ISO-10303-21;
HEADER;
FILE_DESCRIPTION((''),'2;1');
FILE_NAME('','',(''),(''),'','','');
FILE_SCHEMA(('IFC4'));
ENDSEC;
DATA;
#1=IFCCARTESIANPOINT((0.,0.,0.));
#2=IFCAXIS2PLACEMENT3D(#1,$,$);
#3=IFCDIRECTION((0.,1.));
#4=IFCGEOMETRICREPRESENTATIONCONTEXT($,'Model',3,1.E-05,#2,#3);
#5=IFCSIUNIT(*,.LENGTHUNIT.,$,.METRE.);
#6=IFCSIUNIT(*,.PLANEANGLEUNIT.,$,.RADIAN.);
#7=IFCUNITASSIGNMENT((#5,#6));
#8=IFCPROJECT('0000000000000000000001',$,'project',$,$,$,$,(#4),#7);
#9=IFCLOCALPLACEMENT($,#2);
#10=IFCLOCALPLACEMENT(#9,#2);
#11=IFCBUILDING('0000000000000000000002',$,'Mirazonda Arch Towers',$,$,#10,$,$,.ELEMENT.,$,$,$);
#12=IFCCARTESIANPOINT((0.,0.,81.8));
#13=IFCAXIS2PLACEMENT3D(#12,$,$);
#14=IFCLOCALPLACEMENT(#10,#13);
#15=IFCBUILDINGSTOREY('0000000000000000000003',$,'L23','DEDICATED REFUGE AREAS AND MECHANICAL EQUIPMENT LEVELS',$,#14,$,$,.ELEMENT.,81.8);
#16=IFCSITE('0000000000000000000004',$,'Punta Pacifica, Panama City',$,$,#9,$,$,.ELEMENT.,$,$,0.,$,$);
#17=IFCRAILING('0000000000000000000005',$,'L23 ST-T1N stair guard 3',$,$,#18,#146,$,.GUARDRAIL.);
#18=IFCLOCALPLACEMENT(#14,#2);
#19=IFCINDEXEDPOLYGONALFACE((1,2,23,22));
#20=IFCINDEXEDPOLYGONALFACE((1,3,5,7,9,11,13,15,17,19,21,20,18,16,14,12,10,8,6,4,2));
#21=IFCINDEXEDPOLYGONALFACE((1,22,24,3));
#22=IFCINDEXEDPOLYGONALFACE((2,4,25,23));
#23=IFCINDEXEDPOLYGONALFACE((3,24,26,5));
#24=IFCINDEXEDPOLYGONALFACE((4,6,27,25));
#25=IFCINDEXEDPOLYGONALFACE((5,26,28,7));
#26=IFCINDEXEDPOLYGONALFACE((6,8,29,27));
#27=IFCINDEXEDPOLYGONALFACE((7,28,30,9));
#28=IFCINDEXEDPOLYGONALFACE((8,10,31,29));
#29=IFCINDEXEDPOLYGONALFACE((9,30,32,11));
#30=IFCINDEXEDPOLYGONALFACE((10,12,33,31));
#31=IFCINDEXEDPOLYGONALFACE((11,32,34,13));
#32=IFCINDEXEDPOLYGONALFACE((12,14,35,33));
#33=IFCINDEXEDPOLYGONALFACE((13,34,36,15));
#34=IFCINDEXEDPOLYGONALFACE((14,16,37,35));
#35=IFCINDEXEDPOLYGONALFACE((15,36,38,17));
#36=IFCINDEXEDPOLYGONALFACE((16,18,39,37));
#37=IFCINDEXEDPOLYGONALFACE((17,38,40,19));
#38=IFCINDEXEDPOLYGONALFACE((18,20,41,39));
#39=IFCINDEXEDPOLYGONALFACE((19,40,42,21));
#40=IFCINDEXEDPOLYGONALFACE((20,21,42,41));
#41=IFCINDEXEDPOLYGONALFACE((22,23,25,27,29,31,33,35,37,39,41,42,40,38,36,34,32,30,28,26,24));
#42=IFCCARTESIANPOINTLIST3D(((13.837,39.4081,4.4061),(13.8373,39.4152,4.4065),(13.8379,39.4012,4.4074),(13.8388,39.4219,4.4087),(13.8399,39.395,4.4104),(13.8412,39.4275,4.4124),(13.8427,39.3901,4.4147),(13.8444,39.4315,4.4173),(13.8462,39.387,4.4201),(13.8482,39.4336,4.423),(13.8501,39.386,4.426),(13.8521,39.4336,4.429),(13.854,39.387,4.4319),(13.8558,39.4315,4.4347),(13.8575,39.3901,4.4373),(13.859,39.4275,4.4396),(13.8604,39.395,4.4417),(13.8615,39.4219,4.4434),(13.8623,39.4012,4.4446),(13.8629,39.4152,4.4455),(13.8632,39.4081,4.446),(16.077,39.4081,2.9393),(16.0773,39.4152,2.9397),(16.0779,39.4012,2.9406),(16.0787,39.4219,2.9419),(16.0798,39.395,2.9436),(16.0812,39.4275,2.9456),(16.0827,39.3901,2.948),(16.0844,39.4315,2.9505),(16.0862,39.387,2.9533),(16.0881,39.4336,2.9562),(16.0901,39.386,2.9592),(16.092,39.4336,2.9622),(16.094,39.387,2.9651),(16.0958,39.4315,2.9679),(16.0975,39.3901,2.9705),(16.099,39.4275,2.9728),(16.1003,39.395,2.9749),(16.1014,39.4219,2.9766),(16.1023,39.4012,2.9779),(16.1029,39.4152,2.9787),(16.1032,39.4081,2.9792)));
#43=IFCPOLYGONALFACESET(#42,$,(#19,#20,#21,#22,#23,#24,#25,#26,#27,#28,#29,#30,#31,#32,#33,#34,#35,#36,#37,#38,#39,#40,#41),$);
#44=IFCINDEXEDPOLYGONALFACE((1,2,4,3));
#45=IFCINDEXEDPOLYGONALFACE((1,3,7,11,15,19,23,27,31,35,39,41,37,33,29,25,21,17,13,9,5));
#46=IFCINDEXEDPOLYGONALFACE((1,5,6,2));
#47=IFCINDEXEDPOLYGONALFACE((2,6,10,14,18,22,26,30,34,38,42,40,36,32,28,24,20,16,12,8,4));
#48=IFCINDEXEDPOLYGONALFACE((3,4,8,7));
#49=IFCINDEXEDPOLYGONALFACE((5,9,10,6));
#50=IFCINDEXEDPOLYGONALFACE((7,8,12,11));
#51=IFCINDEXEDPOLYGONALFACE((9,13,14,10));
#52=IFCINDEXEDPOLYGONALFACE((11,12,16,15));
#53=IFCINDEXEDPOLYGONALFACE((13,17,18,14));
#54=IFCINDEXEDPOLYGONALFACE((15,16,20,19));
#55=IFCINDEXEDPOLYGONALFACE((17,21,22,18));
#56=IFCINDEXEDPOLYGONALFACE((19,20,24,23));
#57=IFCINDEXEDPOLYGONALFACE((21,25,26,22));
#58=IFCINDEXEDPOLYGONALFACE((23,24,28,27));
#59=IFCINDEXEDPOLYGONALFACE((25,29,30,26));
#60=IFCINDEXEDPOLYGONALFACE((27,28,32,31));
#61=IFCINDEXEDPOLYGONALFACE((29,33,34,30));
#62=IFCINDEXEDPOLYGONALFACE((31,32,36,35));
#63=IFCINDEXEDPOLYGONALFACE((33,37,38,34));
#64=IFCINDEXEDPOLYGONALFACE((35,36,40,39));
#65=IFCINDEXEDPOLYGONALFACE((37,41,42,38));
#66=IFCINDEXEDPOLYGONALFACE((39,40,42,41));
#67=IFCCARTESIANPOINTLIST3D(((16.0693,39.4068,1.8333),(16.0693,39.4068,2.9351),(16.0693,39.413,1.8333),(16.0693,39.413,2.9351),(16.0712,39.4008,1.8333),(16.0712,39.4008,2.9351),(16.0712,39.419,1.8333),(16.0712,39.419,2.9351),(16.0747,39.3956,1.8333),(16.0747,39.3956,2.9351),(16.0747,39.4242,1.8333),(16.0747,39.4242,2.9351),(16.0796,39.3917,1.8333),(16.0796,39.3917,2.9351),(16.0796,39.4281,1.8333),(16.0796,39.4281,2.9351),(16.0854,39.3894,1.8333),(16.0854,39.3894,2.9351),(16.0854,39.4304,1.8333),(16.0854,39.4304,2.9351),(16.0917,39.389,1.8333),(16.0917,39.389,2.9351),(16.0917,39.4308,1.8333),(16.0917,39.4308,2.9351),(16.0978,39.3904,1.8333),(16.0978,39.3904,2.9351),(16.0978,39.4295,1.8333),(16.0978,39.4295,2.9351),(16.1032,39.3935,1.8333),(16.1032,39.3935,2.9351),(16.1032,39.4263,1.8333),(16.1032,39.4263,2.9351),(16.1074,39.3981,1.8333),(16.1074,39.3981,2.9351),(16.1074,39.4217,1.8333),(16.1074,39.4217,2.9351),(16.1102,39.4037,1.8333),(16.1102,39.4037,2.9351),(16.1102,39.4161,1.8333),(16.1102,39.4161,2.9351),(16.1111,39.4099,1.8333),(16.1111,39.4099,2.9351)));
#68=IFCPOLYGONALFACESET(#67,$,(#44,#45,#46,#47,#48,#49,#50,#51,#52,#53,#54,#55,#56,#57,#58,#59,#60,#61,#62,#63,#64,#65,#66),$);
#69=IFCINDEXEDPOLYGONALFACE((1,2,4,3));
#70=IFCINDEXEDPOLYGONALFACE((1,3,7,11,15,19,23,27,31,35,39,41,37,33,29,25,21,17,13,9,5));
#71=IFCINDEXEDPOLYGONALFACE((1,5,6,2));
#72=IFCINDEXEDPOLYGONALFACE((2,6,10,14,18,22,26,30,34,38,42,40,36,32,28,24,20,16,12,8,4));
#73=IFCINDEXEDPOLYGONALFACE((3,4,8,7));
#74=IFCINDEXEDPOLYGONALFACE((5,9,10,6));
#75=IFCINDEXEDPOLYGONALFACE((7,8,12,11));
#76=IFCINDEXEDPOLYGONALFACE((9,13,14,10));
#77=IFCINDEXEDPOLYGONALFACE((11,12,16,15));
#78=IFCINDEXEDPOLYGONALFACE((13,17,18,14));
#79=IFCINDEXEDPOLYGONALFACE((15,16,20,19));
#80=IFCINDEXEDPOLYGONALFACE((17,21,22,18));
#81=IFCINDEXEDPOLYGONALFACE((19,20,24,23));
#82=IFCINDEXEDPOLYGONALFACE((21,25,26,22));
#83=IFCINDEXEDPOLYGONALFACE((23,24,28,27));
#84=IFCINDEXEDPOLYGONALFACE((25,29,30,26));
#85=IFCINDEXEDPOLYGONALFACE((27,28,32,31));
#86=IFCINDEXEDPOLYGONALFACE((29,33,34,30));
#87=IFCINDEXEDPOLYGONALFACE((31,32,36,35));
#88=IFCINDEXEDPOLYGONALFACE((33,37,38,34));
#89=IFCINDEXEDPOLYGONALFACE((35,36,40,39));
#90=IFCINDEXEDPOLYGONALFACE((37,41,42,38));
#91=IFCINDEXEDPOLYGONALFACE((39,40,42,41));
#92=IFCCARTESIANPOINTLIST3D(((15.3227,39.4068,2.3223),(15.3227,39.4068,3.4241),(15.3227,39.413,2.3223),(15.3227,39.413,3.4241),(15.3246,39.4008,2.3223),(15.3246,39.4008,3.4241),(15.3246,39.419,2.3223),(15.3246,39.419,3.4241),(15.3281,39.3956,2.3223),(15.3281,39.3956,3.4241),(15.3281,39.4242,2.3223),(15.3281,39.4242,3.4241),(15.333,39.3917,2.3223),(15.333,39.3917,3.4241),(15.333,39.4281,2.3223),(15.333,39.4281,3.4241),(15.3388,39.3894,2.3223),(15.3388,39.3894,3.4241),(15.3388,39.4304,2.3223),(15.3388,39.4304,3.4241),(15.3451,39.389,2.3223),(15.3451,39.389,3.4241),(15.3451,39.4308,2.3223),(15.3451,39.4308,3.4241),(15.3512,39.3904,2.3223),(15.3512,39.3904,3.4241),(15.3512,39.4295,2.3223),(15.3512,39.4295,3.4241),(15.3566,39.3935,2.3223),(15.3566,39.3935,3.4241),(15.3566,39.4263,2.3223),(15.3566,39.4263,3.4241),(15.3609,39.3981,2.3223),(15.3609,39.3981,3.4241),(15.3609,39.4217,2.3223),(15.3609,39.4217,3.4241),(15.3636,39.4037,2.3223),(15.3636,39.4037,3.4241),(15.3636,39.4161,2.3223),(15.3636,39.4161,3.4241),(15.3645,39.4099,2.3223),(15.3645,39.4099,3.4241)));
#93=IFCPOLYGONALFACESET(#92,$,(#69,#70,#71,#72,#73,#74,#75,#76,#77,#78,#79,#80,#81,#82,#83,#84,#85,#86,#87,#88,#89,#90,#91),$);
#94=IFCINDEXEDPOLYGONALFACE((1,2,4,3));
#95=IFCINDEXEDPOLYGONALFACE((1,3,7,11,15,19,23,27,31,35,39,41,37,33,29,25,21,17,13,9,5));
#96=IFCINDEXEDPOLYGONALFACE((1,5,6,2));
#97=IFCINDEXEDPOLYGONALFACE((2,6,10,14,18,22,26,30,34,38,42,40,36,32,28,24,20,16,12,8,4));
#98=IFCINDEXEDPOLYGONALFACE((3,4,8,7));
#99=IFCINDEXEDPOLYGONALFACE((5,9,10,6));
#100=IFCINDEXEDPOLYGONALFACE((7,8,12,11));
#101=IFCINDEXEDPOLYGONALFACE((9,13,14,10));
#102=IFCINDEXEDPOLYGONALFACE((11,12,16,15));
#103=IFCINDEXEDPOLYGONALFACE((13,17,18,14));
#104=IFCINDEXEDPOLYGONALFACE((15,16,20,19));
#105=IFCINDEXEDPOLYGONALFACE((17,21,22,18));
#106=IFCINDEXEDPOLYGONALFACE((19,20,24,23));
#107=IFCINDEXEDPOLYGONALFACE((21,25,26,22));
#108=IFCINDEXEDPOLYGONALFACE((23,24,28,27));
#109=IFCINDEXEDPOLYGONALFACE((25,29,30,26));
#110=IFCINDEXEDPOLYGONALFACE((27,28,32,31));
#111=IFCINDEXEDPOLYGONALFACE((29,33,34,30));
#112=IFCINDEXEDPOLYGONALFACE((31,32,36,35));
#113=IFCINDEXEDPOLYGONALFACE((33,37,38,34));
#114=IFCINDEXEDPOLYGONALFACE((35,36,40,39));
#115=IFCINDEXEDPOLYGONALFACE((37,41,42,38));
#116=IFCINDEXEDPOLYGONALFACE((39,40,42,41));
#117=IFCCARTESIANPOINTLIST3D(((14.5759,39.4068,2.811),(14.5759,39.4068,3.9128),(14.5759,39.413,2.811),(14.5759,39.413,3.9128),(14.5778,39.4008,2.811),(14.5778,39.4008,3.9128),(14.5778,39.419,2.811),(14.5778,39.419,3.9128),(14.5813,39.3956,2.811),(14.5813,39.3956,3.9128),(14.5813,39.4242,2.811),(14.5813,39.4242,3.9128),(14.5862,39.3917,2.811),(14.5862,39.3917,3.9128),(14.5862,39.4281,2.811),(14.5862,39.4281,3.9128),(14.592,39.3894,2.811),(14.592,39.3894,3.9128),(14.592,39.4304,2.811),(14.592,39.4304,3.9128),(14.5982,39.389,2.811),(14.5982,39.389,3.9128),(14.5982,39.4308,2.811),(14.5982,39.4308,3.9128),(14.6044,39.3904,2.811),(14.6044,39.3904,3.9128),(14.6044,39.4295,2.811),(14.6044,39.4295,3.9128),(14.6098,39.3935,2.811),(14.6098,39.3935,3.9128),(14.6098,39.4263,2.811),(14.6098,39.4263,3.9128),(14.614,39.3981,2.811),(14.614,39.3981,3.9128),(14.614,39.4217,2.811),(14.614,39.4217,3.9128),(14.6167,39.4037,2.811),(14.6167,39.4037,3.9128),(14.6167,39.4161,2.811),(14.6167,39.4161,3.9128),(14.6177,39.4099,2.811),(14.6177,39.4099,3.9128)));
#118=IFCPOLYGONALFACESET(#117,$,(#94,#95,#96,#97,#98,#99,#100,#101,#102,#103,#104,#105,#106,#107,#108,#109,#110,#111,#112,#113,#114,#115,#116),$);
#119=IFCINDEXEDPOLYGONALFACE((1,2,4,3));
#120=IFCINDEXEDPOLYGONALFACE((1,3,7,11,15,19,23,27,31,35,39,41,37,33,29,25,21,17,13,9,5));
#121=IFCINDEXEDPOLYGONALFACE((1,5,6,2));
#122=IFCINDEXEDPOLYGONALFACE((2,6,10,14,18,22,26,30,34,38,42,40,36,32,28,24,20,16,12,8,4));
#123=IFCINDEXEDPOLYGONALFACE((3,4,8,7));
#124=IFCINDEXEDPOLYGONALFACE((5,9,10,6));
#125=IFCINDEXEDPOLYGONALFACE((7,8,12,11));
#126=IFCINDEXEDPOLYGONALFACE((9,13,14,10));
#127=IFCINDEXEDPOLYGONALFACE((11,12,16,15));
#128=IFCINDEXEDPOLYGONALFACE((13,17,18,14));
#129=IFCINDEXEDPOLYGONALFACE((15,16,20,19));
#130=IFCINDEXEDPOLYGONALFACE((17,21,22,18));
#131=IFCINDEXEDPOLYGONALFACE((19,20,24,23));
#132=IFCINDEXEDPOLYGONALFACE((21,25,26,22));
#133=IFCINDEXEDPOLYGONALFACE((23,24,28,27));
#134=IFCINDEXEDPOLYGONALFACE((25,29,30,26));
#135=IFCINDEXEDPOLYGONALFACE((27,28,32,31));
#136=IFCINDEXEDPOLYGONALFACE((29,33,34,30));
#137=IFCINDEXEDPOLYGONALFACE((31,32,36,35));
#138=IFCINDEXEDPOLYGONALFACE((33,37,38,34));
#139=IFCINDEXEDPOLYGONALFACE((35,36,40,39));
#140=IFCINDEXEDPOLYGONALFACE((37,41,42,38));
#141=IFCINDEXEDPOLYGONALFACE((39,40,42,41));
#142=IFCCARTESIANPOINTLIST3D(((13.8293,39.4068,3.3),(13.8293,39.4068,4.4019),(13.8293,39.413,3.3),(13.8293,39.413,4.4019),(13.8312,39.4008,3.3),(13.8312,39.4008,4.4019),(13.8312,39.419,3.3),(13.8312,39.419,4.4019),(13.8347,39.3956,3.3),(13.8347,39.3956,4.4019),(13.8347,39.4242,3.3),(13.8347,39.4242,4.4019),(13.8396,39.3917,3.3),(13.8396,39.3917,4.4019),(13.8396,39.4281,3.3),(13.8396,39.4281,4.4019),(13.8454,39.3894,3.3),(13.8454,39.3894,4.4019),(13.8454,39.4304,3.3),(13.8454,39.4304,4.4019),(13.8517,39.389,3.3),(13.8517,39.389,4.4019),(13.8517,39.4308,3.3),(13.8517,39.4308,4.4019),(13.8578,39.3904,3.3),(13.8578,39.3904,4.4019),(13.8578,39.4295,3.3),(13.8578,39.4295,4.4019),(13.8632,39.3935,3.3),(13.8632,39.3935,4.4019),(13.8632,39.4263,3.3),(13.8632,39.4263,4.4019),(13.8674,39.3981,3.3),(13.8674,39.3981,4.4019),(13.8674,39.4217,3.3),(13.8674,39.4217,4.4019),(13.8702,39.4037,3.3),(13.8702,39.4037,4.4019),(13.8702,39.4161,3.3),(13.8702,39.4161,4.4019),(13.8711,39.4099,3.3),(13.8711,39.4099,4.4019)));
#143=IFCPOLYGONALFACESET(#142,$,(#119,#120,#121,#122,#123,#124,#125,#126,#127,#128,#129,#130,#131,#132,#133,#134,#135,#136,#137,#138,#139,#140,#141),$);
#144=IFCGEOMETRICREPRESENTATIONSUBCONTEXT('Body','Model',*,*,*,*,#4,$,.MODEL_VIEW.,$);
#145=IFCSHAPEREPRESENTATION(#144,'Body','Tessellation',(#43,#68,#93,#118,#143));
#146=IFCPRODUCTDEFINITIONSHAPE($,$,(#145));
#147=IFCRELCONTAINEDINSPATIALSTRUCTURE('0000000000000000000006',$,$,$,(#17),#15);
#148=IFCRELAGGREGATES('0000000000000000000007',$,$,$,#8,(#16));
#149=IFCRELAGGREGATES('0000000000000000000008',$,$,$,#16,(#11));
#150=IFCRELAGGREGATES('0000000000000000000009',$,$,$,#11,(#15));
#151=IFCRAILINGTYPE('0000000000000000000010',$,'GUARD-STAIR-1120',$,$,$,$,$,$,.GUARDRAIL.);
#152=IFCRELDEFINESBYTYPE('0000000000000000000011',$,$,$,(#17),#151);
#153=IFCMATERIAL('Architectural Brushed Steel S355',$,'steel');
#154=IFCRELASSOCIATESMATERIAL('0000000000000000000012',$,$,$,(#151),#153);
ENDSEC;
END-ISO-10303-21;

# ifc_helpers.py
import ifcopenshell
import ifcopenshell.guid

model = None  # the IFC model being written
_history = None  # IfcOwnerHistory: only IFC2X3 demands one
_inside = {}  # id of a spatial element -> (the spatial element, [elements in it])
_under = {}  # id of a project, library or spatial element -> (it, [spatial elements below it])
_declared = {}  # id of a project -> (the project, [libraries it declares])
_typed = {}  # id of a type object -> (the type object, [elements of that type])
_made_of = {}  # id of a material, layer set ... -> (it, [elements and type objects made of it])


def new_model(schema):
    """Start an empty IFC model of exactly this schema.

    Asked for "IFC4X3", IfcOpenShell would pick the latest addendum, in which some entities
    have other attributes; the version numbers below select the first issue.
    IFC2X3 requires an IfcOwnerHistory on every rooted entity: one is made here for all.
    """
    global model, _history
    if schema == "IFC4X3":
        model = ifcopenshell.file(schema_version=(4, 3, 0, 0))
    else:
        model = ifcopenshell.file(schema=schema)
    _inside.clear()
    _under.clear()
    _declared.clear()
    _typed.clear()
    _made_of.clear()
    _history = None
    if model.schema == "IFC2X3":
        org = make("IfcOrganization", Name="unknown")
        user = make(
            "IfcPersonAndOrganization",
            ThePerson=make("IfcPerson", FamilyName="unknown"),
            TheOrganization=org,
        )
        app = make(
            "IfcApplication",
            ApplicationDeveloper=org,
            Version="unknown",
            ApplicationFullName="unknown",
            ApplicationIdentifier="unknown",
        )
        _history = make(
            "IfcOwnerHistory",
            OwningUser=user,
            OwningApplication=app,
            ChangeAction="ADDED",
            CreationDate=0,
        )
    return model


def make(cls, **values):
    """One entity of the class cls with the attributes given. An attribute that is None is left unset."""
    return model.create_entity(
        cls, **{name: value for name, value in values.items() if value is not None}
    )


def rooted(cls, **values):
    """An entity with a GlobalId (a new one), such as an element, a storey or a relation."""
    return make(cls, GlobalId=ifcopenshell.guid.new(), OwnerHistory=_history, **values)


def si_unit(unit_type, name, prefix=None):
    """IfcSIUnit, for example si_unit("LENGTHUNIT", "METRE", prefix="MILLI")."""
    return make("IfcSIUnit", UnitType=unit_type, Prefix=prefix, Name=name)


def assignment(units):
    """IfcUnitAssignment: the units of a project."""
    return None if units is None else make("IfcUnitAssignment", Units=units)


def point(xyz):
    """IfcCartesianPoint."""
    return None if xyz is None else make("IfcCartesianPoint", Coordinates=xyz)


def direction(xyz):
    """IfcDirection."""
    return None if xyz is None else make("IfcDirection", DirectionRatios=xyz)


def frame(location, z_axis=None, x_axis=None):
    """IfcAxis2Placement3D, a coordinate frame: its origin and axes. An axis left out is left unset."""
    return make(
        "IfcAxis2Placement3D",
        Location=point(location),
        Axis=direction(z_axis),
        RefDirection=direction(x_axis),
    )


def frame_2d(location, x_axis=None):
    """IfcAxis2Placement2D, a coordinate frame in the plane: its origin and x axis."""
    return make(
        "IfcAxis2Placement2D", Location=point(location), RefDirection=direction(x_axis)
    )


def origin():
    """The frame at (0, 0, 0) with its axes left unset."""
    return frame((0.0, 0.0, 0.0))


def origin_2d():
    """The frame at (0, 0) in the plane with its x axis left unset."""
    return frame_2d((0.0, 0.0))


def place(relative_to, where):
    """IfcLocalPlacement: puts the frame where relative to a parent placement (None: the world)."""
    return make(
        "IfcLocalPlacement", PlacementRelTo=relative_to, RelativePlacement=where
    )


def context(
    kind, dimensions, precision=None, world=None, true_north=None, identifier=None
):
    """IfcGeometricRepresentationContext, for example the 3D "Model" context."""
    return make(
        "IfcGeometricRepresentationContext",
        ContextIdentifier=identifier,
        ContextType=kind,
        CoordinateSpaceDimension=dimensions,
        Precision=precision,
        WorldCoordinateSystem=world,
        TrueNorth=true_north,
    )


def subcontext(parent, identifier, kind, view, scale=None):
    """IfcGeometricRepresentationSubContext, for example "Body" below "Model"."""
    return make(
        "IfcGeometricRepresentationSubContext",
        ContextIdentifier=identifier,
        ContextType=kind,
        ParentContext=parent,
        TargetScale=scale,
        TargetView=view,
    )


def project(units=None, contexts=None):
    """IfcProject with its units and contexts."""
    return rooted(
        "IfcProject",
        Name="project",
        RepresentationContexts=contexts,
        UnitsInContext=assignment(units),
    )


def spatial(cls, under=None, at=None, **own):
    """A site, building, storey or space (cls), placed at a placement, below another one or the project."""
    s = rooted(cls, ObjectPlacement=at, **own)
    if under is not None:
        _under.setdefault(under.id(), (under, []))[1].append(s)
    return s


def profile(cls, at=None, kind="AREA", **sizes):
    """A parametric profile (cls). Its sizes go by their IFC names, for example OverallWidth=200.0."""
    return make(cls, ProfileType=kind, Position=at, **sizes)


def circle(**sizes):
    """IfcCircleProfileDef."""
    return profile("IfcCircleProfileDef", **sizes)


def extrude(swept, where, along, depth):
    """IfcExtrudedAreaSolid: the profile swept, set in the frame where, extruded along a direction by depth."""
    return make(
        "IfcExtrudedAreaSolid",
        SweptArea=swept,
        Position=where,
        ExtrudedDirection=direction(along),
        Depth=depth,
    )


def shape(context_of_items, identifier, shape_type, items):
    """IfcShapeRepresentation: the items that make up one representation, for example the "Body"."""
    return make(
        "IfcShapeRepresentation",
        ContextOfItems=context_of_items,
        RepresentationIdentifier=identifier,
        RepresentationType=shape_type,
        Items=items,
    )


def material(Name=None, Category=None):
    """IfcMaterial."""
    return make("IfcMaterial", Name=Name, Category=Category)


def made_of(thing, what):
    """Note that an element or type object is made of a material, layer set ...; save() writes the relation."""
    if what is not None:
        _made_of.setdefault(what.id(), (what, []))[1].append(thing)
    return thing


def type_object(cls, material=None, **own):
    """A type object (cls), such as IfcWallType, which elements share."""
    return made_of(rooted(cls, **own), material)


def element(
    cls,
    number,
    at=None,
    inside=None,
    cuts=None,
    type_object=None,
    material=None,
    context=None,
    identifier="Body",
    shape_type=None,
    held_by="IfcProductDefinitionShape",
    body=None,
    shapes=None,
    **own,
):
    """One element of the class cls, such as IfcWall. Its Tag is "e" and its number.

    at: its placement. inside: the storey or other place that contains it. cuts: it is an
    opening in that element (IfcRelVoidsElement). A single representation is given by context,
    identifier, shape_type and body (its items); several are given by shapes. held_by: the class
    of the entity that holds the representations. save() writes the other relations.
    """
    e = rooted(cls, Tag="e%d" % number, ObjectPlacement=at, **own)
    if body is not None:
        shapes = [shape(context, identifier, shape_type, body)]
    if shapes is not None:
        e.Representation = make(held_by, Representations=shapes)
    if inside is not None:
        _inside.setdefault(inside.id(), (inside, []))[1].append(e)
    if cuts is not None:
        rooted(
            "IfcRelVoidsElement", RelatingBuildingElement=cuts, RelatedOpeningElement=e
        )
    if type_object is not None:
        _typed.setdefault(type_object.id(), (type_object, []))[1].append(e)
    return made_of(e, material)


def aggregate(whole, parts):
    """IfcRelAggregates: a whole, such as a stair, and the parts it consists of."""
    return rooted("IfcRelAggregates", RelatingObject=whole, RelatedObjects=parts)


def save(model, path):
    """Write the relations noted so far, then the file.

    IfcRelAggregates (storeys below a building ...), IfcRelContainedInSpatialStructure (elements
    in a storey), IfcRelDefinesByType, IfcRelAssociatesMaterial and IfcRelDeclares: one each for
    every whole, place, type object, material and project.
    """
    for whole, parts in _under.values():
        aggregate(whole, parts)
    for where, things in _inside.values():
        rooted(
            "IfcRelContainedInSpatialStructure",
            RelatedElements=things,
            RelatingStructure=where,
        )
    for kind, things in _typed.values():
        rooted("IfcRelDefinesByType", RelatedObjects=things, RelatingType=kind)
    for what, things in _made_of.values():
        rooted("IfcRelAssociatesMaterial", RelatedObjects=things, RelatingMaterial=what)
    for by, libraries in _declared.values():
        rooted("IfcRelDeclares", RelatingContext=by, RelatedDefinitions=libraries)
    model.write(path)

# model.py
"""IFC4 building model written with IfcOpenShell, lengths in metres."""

from ifc_helpers import new_model, si_unit, direction, frame, origin, origin_2d, place, context, subcontext, project, spatial, circle, extrude, material, type_object, element, save


model = new_model("IFC4")

# Units and contexts
model_context = context("Model", 3, precision=1e-05, world=origin(), true_north=direction((0.0, 1.0)))
body_context = subcontext(model_context, "Body", "Model", "MODEL_VIEW")
ifc_project = project(units=[si_unit("LENGTHUNIT", "METRE"), si_unit("PLANEANGLEUNIT", "RADIAN")], contexts=[model_context])

# Site, building, storey
site_placement = place(None, origin())
site = spatial("IfcSite", under=ifc_project, at=site_placement, Name="Punta Pacifica, Panama City", CompositionType="ELEMENT", RefElevation=0.0)
building_placement = place(site_placement, origin())
building = spatial("IfcBuilding", under=site, at=building_placement, Name="Mirazonda Arch Towers", CompositionType="ELEMENT")
storey_placement = place(building_placement, frame((0.0, 0.0, 81.8)))
storey = spatial("IfcBuildingStorey", under=building, at=storey_placement, Name="L23", Description="DEDICATED REFUGE AREAS AND MECHANICAL EQUIPMENT LEVELS", CompositionType="ELEMENT", Elevation=81.8)

# Railing
ifc_material_1 = material(Name="Architectural Brushed Steel S355", Category="steel")
railing_type_1 = type_object("IfcRailingType", Name="GUARD-STAIR-1120", PredefinedType="GUARDRAIL", material=ifc_material_1)
railing_1_placement = place(storey_placement, frame((16.0901, 39.4099, 1.8333)))
element("IfcRailing", 1, at=railing_1_placement, inside=storey, type_object=railing_type_1, Name="L23 ST-T1N stair guard 3", PredefinedType="GUARDRAIL", context=body_context, shape_type="SweptSolid", body=[
    extrude(circle(Radius=0.0239, at=origin_2d()), frame((0.0, 0.0, 1.126), z_axis=(-0.836595, 0.0, 0.547822), x_axis=(0.0, -1.0, 0.0)), (0.0, 0.0, 1.0), 2.6775),
    extrude(circle(Radius=0.021, at=origin_2d()), origin(), (0.0, 0.0, 1.0), 1.1018),
    extrude(circle(Radius=0.021, at=origin_2d()), frame((-0.7466, 0.0, 0.489)), (0.0, 0.0, 1.0), 1.1018),
    extrude(circle(Radius=0.021, at=origin_2d()), frame((-1.4934, 0.0, 0.9778)), (0.0, 0.0, 1.0), 1.1018),
    extrude(circle(Radius=0.021, at=origin_2d()), frame((-2.24, 0.0, 1.4668)), (0.0, 0.0, 1.0), 1.1018),
])

save(model, "model.ifc")
